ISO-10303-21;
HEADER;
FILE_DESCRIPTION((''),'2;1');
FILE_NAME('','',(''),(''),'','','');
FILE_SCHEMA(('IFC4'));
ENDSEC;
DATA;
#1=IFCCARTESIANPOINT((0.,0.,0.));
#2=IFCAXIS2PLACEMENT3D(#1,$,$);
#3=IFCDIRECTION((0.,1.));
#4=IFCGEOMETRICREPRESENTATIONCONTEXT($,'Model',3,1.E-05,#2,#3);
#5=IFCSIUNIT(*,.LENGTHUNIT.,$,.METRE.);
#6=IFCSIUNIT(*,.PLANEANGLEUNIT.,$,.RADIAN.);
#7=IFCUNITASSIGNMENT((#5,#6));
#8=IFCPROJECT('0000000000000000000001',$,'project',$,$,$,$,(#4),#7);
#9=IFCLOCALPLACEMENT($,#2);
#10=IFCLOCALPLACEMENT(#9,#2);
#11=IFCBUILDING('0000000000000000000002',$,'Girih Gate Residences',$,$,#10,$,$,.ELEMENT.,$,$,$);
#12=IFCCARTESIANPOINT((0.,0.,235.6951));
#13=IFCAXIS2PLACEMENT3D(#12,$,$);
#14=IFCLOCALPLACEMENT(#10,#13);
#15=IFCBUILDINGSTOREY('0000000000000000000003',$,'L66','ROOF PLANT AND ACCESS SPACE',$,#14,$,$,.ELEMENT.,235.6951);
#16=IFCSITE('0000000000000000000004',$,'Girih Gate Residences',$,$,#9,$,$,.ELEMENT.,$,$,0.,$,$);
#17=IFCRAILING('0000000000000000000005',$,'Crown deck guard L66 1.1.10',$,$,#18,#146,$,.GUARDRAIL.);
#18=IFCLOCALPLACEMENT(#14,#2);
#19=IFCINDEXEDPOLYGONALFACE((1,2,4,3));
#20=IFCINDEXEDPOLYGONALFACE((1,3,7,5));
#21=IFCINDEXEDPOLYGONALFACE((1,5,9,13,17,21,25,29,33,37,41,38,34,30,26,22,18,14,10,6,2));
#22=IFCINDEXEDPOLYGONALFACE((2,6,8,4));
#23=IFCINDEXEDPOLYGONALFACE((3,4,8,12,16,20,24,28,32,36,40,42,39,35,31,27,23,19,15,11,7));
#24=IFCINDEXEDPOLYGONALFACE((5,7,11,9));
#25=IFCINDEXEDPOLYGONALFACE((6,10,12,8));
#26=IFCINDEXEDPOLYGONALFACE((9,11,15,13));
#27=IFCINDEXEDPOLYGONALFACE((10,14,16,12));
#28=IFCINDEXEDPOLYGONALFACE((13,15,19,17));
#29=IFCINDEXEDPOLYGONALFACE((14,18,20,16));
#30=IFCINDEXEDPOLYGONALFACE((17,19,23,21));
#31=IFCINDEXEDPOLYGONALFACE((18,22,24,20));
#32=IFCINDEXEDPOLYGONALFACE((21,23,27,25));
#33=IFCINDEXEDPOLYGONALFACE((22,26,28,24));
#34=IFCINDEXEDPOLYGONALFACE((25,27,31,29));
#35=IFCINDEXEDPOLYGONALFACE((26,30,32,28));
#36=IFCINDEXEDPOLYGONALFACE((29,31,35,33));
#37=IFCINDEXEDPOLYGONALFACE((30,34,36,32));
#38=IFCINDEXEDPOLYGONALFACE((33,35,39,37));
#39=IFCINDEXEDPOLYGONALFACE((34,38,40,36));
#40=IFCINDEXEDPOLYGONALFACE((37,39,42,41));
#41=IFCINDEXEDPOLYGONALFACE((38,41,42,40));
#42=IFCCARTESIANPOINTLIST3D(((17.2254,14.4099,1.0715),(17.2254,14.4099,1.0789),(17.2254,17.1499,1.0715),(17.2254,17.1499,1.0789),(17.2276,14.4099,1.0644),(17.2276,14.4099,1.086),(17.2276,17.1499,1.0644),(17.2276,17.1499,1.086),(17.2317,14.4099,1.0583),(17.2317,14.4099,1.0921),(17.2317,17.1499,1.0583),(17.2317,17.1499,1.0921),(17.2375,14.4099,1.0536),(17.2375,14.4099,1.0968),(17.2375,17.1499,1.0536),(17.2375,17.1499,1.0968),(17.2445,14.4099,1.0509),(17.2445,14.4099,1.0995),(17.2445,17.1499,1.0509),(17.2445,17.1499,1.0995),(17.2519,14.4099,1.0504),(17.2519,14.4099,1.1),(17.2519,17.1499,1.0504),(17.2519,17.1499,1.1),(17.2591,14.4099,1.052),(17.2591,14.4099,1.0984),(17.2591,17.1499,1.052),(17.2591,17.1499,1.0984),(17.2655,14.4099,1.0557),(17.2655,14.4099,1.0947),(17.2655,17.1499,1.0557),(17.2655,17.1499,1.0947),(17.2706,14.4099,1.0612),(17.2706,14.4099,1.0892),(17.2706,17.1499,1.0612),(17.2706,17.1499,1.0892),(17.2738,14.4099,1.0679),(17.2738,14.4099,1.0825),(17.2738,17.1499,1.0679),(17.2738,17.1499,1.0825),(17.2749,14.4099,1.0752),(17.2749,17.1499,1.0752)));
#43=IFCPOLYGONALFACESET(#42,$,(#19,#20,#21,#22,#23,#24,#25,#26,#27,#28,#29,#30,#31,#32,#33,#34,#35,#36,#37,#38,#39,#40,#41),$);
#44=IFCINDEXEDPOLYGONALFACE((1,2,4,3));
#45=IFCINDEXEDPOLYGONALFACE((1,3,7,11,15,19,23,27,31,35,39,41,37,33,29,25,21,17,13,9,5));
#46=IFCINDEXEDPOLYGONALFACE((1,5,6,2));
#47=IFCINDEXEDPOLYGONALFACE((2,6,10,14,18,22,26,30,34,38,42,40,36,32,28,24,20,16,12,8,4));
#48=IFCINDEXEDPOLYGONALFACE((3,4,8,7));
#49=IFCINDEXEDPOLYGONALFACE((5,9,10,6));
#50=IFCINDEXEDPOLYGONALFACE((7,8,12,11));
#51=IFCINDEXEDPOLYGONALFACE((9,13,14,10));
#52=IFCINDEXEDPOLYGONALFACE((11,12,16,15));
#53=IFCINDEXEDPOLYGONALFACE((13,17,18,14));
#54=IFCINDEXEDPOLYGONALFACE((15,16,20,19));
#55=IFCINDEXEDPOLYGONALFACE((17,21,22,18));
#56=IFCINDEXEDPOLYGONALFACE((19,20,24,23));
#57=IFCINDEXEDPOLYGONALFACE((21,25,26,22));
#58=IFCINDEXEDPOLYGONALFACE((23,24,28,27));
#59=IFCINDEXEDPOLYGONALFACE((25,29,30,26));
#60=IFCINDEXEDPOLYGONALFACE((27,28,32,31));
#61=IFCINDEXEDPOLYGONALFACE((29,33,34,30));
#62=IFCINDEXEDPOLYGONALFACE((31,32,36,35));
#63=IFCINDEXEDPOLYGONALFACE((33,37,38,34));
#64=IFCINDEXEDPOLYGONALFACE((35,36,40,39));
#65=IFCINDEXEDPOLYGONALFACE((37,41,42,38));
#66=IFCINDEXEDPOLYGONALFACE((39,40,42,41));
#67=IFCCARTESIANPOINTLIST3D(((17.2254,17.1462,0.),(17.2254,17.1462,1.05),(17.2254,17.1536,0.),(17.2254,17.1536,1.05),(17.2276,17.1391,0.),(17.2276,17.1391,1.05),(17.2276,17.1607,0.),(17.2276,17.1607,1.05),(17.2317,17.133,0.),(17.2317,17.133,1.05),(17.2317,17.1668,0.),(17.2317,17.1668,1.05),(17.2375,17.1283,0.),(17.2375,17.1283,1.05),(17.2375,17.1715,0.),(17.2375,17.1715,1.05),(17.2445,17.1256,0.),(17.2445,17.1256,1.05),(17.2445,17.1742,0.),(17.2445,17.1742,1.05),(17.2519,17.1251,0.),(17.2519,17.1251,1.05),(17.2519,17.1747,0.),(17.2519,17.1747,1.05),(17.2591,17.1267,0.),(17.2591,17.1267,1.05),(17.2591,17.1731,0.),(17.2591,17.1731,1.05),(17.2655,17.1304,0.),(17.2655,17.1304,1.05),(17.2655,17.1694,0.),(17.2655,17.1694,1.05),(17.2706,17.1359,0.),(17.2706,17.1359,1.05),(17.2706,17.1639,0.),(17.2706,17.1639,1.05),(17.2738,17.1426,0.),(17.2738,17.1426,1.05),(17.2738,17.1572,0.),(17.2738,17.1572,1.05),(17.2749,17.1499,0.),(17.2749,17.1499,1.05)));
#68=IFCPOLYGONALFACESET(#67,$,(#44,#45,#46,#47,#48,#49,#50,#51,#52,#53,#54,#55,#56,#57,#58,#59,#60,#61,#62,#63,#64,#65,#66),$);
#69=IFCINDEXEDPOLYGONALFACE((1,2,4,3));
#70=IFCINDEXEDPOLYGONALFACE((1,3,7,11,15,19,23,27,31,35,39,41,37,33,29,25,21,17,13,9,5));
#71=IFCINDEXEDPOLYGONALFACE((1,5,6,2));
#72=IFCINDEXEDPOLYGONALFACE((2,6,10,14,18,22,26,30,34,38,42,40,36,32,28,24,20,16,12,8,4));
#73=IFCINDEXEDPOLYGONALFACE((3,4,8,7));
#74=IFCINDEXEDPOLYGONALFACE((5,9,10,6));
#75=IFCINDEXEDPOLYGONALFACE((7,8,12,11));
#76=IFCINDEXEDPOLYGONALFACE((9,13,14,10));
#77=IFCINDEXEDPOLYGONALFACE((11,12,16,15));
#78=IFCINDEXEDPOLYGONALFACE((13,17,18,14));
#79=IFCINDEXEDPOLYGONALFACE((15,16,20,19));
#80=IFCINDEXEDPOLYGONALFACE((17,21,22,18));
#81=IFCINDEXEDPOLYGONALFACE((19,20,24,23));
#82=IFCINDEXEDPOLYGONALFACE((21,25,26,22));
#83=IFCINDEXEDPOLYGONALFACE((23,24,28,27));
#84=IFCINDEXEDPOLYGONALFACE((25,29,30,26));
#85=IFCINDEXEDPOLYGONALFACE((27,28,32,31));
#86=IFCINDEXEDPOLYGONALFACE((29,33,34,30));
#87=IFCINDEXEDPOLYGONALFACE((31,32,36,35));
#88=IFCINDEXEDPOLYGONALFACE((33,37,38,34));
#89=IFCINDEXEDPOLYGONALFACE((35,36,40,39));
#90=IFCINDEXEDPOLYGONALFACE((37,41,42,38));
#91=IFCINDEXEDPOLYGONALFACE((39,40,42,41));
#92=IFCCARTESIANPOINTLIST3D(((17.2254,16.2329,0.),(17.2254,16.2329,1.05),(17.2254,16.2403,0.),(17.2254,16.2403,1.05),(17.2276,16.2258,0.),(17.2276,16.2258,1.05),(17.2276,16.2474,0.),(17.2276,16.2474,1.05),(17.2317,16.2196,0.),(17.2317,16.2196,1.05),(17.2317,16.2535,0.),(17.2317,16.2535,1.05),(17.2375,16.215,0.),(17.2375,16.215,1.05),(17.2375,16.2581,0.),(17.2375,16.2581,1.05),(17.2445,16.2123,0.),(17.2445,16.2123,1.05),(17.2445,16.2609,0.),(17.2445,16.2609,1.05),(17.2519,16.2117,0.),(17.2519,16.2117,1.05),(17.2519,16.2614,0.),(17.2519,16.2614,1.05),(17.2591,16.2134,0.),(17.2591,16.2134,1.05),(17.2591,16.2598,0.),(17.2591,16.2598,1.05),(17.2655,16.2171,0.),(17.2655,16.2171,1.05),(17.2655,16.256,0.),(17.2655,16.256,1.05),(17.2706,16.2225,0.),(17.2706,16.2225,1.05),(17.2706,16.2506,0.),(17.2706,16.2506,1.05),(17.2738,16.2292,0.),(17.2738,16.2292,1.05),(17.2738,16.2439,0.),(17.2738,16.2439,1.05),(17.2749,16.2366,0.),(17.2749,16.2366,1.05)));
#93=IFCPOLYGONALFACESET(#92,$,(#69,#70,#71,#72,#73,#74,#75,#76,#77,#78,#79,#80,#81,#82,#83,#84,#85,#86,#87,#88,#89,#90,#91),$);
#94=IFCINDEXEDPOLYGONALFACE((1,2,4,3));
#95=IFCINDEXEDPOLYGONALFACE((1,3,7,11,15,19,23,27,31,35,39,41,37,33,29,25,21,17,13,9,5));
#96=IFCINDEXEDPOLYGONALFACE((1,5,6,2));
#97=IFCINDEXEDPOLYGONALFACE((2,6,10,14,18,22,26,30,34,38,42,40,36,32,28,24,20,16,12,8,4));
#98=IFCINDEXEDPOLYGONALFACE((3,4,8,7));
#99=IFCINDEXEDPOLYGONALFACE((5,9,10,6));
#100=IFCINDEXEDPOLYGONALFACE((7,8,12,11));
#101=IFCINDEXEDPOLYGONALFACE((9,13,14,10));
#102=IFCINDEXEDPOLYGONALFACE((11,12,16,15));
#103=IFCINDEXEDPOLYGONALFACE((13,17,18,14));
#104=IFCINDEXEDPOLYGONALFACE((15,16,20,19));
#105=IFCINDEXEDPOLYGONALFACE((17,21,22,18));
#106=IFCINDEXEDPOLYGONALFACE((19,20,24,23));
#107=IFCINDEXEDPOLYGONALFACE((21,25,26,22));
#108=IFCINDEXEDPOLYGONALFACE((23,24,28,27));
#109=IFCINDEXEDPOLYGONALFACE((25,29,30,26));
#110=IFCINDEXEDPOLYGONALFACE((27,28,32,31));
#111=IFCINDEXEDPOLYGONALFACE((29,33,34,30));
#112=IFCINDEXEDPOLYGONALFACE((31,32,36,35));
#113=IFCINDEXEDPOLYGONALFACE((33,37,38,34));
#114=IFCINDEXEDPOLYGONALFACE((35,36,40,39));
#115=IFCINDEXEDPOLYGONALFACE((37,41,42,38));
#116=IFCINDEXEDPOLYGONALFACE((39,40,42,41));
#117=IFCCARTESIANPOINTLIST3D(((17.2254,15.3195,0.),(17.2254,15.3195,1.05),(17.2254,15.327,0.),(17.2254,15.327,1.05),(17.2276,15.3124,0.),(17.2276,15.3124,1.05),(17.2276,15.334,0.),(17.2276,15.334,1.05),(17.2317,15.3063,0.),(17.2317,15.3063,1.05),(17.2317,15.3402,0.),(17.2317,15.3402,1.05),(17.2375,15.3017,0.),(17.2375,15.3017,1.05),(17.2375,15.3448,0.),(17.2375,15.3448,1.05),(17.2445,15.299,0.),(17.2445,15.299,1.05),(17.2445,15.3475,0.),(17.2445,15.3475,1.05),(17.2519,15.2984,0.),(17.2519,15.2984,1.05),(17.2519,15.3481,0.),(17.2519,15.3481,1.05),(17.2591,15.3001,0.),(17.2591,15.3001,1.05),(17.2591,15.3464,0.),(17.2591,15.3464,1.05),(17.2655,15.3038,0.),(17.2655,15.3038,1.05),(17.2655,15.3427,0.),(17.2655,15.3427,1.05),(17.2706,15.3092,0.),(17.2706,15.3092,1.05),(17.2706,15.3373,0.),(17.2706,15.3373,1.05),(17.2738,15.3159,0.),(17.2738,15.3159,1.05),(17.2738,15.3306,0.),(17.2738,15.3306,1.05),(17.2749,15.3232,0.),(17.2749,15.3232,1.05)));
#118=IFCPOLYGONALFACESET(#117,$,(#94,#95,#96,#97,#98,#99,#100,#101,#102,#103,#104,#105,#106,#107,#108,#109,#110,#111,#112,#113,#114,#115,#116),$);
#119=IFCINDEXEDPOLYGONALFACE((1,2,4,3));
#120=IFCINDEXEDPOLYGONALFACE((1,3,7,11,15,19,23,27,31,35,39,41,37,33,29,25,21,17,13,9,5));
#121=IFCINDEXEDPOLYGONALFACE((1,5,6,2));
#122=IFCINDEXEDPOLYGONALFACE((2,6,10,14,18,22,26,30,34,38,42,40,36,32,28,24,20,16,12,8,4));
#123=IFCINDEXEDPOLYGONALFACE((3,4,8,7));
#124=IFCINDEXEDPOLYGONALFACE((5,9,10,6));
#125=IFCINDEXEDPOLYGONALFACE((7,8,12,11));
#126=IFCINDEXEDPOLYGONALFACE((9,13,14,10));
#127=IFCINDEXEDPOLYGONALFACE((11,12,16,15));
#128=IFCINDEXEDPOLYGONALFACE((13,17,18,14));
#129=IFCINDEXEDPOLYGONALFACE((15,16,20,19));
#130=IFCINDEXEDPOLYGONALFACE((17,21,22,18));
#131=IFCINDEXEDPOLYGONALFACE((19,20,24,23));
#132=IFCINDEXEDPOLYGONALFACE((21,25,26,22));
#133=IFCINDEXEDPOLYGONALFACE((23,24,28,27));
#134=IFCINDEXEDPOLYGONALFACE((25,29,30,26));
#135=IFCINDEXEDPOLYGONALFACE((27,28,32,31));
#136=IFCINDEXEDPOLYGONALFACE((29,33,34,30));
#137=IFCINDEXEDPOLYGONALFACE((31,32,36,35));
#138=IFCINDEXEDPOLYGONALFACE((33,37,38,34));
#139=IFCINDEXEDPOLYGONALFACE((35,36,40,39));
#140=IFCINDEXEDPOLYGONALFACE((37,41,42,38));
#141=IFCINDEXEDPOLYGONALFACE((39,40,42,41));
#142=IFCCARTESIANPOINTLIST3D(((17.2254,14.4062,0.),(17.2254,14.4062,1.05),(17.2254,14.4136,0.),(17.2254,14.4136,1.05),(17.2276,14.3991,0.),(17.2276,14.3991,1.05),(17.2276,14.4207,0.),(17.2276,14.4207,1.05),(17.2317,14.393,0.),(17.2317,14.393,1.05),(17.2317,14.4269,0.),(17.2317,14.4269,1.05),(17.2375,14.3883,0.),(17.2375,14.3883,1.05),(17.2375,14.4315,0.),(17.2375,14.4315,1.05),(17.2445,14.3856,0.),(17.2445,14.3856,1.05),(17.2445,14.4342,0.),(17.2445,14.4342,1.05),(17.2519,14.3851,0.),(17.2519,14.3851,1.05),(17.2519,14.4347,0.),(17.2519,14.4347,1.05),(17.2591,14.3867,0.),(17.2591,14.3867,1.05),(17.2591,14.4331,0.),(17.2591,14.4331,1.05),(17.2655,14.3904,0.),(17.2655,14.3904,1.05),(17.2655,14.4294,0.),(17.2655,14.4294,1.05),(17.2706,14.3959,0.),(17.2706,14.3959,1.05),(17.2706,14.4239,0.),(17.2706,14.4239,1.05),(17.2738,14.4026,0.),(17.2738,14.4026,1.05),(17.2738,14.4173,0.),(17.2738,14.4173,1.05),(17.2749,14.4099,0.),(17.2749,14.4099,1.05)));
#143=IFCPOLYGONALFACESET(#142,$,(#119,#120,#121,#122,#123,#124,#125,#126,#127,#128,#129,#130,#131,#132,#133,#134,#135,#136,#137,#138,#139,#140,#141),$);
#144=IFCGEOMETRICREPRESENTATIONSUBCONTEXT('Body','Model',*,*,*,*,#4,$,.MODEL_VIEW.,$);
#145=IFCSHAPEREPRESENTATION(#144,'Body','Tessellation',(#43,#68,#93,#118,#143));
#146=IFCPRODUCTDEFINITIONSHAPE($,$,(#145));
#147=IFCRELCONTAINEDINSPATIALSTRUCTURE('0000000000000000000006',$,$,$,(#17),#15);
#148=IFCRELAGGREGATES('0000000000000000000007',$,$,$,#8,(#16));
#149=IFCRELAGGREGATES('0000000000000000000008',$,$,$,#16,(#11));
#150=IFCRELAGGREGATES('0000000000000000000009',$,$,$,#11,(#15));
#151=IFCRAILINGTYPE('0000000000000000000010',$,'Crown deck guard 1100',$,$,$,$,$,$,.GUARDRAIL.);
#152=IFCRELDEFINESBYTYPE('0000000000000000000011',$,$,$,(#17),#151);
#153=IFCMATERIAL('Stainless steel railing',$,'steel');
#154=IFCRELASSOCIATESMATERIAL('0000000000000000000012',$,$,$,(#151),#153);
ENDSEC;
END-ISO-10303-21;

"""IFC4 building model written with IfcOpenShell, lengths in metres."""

from ifc_helpers import new_model, si_unit, direction, frame, origin, origin_2d, place, context, subcontext, project, spatial, circle, extrude, material, type_object, element, save


model = new_model("IFC4")

# Units and contexts
model_context = context("Model", 3, precision=1e-05, world=origin(), true_north=direction((0.0, 1.0)))
body_context = subcontext(model_context, "Body", "Model", "MODEL_VIEW")
ifc_project = project(units=[si_unit("LENGTHUNIT", "METRE"), si_unit("PLANEANGLEUNIT", "RADIAN")], contexts=[model_context])

# Site, building, storey
site_placement = place(None, origin())
site = spatial("IfcSite", under=ifc_project, at=site_placement, Name="Girih Gate Residences", CompositionType="ELEMENT", RefElevation=0.0)
building_placement = place(site_placement, origin())
building = spatial("IfcBuilding", under=site, at=building_placement, Name="Girih Gate Residences", CompositionType="ELEMENT")
storey_placement = place(building_placement, frame((0.0, 0.0, 235.6951)))
storey = spatial("IfcBuildingStorey", under=building, at=storey_placement, Name="L66", Description="ROOF PLANT AND ACCESS SPACE", CompositionType="ELEMENT", Elevation=235.6951)

# Railing
ifc_material_1 = material(Name="Stainless steel railing", Category="steel")
railing_type = type_object("IfcRailingType", Name="Crown deck guard 1100", PredefinedType="GUARDRAIL", material=ifc_material_1)
railing_1_placement = place(storey_placement, frame((17.25, 17.1499, 0.0)))
element("IfcRailing", 1, at=railing_1_placement, inside=storey, type_object=railing_type, Name="Crown deck guard L66 1.1.10", PredefinedType="GUARDRAIL", context=body_context, shape_type="SweptSolid", body=[
    extrude(circle(Radius=0.0249, at=origin_2d()), frame((0.0, 0.0, 1.0752), z_axis=(0.0, -1.0, 0.0), x_axis=(1.0, 0.0, 0.0)), (0.0, 0.0, 1.0), 2.74),
    extrude(circle(Radius=0.0249, at=origin_2d()), origin(), (0.0, 0.0, 1.0), 1.05),
    extrude(circle(Radius=0.0249, at=origin_2d()), frame((0.0, -0.9133, 0.0)), (0.0, 0.0, 1.0), 1.05),
    extrude(circle(Radius=0.0249, at=origin_2d()), frame((0.0, -1.8267, 0.0)), (0.0, 0.0, 1.0), 1.05),
    extrude(circle(Radius=0.0249, at=origin_2d()), frame((0.0, -2.74, 0.0)), (0.0, 0.0, 1.0), 1.05),
])

save(model, "model.ifc")
